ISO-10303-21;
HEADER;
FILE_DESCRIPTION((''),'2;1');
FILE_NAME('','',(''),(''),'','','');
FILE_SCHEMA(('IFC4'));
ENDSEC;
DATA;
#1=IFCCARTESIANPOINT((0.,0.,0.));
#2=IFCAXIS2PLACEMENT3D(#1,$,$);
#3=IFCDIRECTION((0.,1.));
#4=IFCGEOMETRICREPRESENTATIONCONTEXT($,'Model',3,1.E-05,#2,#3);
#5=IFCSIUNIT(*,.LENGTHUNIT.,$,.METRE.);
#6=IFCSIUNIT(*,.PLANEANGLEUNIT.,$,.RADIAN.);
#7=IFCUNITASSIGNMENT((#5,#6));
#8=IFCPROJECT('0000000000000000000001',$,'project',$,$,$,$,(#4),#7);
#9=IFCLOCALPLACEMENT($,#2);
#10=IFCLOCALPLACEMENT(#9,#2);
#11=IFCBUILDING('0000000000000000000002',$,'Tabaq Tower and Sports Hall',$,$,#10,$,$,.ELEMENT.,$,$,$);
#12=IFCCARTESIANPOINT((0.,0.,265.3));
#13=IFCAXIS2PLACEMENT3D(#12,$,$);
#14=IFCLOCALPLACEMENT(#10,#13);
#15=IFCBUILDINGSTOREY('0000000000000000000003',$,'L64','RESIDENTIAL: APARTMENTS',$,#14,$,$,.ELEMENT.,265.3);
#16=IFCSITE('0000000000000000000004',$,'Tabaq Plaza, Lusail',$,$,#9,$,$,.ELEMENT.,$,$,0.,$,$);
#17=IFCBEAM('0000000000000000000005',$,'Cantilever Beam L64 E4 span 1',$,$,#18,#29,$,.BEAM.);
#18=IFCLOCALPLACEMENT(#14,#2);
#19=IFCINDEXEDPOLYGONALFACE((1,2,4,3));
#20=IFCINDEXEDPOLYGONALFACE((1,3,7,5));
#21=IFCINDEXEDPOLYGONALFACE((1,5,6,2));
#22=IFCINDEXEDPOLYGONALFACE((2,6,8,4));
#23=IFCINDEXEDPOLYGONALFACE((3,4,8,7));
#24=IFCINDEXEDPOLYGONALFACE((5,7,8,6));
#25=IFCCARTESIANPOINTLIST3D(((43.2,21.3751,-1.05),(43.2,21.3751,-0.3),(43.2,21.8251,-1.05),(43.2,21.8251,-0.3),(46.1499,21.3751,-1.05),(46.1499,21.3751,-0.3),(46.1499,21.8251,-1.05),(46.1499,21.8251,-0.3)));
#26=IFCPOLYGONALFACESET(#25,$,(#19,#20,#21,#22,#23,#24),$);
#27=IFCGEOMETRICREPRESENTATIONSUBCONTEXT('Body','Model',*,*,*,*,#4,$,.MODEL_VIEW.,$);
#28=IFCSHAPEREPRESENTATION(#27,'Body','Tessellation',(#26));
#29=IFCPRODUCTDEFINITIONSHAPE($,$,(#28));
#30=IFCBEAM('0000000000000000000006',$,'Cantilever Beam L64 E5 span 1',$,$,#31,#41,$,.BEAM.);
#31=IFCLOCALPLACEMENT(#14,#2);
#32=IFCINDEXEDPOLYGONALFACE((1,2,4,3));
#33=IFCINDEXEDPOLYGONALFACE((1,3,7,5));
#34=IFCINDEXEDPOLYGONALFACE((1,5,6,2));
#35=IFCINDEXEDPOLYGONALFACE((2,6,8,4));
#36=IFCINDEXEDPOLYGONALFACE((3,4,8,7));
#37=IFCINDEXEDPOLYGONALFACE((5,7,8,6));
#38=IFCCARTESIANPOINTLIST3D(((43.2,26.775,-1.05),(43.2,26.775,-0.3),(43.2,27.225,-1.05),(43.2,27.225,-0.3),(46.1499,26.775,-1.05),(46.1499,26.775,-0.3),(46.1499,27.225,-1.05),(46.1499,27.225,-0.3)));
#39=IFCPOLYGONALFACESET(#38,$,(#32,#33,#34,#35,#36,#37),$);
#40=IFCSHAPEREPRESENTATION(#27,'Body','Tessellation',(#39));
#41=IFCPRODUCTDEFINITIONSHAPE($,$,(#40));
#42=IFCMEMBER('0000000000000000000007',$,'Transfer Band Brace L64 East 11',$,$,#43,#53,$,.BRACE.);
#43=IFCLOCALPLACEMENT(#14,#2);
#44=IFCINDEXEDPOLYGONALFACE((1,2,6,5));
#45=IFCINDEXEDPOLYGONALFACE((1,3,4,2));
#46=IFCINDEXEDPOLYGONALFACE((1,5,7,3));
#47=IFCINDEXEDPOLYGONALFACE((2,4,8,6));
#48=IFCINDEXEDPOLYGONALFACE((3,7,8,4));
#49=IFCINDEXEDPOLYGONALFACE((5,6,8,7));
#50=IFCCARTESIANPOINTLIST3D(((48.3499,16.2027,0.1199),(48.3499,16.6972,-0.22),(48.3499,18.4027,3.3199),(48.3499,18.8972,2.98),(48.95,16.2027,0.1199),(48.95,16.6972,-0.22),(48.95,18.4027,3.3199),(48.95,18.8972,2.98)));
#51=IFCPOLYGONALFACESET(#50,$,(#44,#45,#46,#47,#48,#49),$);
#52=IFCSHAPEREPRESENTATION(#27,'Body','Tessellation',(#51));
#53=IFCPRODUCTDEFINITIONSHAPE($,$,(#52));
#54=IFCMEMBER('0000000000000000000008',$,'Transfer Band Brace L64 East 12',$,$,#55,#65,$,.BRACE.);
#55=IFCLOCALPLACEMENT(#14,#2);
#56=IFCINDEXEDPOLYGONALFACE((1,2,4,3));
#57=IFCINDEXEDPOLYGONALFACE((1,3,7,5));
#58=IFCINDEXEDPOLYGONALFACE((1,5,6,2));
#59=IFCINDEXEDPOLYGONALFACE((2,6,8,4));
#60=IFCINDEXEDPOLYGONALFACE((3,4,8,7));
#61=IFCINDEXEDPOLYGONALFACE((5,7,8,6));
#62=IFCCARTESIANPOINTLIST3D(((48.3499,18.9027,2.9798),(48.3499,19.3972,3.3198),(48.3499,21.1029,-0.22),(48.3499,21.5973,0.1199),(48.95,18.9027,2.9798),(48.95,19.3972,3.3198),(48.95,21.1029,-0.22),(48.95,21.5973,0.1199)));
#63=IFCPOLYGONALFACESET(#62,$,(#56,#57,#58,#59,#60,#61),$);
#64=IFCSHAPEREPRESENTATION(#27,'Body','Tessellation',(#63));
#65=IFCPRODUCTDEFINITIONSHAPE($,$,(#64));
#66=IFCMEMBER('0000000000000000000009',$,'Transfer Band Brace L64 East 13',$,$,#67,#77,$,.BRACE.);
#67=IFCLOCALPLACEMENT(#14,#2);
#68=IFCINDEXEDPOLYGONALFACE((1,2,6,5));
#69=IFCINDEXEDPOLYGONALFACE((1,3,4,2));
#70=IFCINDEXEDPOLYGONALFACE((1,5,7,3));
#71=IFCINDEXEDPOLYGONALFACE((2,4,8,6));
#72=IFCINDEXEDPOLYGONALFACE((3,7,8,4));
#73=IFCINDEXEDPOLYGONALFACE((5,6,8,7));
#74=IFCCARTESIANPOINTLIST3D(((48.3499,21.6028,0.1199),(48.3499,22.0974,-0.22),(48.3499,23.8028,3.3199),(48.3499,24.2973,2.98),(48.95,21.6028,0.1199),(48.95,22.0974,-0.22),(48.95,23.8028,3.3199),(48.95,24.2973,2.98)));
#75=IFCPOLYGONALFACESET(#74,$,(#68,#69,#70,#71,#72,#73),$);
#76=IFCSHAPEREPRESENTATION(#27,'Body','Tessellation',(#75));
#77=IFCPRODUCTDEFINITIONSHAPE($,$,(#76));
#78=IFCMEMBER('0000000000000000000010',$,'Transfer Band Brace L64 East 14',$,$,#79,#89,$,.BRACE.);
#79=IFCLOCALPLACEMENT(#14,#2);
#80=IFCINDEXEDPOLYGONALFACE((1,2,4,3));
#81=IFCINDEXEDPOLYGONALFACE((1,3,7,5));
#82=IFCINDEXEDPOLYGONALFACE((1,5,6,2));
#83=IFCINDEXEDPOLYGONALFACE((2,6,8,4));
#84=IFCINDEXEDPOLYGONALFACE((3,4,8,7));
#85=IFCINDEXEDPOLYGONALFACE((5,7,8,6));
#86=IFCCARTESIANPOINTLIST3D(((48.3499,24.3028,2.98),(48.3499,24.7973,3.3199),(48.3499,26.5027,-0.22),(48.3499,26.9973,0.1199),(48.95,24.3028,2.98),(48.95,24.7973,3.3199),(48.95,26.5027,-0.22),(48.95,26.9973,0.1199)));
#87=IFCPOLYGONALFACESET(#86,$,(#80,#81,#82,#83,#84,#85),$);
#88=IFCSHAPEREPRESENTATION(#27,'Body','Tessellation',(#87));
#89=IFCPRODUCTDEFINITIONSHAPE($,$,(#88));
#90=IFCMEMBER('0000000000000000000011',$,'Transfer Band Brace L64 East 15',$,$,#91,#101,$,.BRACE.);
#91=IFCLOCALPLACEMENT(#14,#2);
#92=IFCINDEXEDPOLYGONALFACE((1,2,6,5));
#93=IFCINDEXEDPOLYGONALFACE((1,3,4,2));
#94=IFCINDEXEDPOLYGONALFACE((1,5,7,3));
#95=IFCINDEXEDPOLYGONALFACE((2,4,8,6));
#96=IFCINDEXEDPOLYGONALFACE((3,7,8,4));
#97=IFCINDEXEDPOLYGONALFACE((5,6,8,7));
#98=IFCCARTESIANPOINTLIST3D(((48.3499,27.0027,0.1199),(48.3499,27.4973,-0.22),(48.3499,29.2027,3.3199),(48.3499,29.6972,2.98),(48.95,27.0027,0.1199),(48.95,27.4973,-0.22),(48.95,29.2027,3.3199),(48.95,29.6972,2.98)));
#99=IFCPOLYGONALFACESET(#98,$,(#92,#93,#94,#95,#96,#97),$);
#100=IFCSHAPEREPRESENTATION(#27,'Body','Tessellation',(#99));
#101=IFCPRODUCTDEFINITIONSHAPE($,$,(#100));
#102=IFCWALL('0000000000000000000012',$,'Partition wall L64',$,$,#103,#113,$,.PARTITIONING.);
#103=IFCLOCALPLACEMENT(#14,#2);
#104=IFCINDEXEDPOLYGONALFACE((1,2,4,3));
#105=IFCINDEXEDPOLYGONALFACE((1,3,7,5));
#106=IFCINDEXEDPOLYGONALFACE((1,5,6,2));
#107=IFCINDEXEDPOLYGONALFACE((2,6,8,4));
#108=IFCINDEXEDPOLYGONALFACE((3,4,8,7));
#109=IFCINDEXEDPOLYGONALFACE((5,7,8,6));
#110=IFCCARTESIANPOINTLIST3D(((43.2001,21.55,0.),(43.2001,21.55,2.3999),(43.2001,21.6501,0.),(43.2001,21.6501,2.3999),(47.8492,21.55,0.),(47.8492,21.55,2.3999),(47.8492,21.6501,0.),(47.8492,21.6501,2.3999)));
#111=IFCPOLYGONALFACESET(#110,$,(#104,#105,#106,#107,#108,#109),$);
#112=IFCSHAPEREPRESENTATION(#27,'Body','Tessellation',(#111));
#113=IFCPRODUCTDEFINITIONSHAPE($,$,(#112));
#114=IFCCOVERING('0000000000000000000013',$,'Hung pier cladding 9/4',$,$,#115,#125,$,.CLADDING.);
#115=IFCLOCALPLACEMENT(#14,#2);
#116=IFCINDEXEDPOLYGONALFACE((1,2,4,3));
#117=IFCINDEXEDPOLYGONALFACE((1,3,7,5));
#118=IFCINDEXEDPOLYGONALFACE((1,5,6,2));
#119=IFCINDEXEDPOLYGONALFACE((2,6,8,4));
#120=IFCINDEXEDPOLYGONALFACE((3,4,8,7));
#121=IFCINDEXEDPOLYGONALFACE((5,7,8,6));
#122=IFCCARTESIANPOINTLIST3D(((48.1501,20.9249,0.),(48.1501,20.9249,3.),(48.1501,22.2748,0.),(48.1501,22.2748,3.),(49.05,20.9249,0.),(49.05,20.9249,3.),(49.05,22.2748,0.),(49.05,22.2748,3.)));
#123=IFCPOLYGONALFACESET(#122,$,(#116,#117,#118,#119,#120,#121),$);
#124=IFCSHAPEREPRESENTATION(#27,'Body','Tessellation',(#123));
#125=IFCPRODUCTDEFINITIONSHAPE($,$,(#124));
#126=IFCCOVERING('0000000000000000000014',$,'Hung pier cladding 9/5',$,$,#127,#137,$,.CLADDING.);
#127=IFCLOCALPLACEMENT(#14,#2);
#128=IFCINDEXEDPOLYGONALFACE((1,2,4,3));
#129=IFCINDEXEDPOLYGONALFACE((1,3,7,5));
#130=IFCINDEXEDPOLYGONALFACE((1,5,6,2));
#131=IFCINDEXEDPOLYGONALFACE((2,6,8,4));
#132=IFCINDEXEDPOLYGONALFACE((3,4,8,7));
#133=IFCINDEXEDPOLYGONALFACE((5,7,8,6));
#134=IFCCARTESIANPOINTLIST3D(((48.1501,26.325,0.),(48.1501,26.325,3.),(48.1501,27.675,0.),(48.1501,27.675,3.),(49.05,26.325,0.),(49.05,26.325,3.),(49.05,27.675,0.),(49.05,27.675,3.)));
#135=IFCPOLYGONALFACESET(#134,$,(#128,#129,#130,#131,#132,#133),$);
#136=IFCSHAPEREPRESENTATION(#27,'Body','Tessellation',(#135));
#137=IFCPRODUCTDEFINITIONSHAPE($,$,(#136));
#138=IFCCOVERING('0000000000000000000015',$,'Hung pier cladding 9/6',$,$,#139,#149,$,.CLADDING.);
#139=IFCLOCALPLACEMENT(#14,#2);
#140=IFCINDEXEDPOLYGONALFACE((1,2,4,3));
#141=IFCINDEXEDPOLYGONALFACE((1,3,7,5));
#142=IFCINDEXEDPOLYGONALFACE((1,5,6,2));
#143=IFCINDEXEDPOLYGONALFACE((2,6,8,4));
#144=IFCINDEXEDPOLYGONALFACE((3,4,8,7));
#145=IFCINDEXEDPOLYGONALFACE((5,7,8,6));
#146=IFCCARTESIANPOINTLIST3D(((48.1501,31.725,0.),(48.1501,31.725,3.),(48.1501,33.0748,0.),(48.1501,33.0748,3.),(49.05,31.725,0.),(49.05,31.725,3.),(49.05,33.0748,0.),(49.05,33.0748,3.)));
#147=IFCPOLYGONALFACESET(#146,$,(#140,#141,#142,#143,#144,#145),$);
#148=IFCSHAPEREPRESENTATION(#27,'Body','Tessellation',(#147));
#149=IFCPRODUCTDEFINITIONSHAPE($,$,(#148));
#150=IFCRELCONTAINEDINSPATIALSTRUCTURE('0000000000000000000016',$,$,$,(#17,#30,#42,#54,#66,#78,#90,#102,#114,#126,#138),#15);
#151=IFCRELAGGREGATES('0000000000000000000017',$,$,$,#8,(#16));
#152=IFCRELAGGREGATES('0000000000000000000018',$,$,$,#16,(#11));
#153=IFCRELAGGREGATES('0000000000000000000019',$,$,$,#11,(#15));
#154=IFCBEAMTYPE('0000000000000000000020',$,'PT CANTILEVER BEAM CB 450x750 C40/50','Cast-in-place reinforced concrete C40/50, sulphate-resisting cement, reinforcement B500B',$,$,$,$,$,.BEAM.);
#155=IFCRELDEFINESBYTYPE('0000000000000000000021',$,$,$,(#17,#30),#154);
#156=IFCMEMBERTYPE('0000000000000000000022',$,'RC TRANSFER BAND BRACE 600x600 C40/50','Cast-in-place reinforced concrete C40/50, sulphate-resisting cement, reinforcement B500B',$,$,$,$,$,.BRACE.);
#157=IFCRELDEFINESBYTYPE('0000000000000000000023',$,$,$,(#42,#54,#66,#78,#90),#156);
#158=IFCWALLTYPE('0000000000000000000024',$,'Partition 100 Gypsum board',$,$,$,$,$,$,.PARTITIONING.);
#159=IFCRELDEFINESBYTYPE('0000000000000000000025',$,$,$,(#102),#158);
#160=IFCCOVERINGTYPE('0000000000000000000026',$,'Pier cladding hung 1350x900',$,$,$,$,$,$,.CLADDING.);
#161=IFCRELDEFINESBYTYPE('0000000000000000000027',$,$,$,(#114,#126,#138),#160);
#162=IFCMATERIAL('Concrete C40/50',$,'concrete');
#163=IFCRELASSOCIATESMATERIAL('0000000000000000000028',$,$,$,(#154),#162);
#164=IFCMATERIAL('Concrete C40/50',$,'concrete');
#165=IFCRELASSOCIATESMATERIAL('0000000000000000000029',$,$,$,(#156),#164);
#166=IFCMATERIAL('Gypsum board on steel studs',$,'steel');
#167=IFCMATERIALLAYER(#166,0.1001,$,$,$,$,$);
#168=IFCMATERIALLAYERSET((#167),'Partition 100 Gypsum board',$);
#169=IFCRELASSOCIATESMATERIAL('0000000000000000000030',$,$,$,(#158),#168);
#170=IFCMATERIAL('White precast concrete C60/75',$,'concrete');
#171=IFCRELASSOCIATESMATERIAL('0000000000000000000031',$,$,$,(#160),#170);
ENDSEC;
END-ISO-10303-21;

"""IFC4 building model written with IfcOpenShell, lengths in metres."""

from ifc_helpers import new_model, si_unit, direction, frame, frame_2d, origin, origin_2d, place, context, subcontext, project, spatial, rectangle, extrude, material, layer, layer_set, material_profile, profile_set, type_object, element, save


model = new_model("IFC4")

# Units and contexts
model_context = context("Model", 3, precision=1e-05, world=origin(), true_north=direction((0.0, 1.0)))
body_context = subcontext(model_context, "Body", "Model", "MODEL_VIEW")
ifc_project = project(units=[si_unit("LENGTHUNIT", "METRE"), si_unit("PLANEANGLEUNIT", "RADIAN")], contexts=[model_context])

# Site, building, storey
site_placement = place(None, origin())
site = spatial("IfcSite", under=ifc_project, at=site_placement, Name="Tabaq Plaza, Lusail", CompositionType="ELEMENT", RefElevation=0.0)
building_placement = place(site_placement, origin())
building = spatial("IfcBuilding", under=site, at=building_placement, Name="Tabaq Tower and Sports Hall", CompositionType="ELEMENT")
storey_placement = place(building_placement, frame((0.0, 0.0, 265.3)))
storey = spatial("IfcBuildingStorey", under=building, at=storey_placement, Name="L64", Description="RESIDENTIAL: APARTMENTS", CompositionType="ELEMENT", Elevation=265.3)

# Beams
ifc_material_1 = material(Name="Concrete C40/50", Category="concrete")
ifc_material_profile_1 = material_profile(ifc_material_1, rectangle(XDim=0.45, YDim=0.75, at=origin_2d()), Name="CB 450x750")
ifc_profile_set_1 = profile_set([ifc_material_profile_1], Name="Concrete C40/50")
beam_type = type_object("IfcBeamType", Name="PT CANTILEVER BEAM CB 450x750 C40/50", Description="Cast-in-place reinforced concrete C40/50, sulphate-resisting cement, reinforcement B500B", PredefinedType="BEAM", material=ifc_profile_set_1)
for number, where, z_axis, x_axis, name in (
    (1, (46.1499, 21.6001, -0.675), (-1.0, 0.0, 0.0), (0.0, -1.0, 0.0), "Cantilever Beam L64 E4 span 1"),
    (2, (46.1499, 27.0, -0.675), (-1.0, 0.0, 0.0), (0.0, -1.0, 0.0), "Cantilever Beam L64 E5 span 1"),
):
    element("IfcBeam", number, at=place(storey_placement, frame(where, z_axis=z_axis, x_axis=x_axis)), inside=storey, type_object=beam_type, Name=name, PredefinedType="BEAM", context=body_context, shape_type="SweptSolid", body=[
        extrude(rectangle(XDim=0.45, YDim=0.75, at=origin_2d()), origin(), (0.0, 0.0, 1.0), 2.95),
    ])

# Members
ifc_material_2 = material(Name="Concrete C40/50", Category="concrete")
ifc_material_profile_2 = material_profile(ifc_material_2, rectangle(XDim=0.6001, YDim=0.6001, at=origin_2d()), Name="TRANSFER BAND BRACE 600x600")
ifc_profile_set_2 = profile_set([ifc_material_profile_2], Name="Concrete C40/50")
member_type = type_object("IfcMemberType", Name="RC TRANSFER BAND BRACE 600x600 C40/50", Description="Cast-in-place reinforced concrete C40/50, sulphate-resisting cement, reinforcement B500B", PredefinedType="BRACE", material=ifc_profile_set_2)
for number, where, z_axis, x_axis, name in (
    (3, (48.6499, 16.45, -0.05), (0.0, 0.566526, 0.824044), (-1.0, 0.0, 0.0), "Transfer Band Brace L64 East 11"),
    (4, (48.6499, 21.3501, -0.05), (0.0, -0.566569, 0.824014), (1.0, 0.0, 0.0), "Transfer Band Brace L64 East 12"),
    (5, (48.6499, 21.8501, -0.05), (0.0, 0.566526, 0.824044), (-1.0, 0.0, 0.0), "Transfer Band Brace L64 East 13"),
    (6, (48.6499, 26.75, -0.05), (0.0, -0.566526, 0.824044), (1.0, 0.0, 0.0), "Transfer Band Brace L64 East 14"),
    (7, (48.6499, 27.25, -0.05), (0.0, 0.566526, 0.824044), (-1.0, 0.0, 0.0), "Transfer Band Brace L64 East 15"),
):
    element("IfcMember", number, at=place(storey_placement, frame(where, z_axis=z_axis, x_axis=x_axis)), inside=storey, type_object=member_type, Name=name, PredefinedType="BRACE", context=body_context, shape_type="SweptSolid", body=[
        extrude(rectangle(XDim=0.6001, YDim=0.6001, at=origin_2d()), origin(), (0.0, 0.0, 1.0), 3.8833),
    ])

# Wall
ifc_material_3 = material(Name="Gypsum board on steel studs", Category="steel")
ifc_layer_1 = layer(ifc_material_3, 0.1001)
ifc_layer_set_1 = layer_set([ifc_layer_1], Name="Partition 100 Gypsum board")
wall_type_1 = type_object("IfcWallType", Name="Partition 100 Gypsum board", PredefinedType="PARTITIONING", material=ifc_layer_set_1)
wall_1_placement = place(storey_placement, frame((43.2, 21.6001, 0.0), z_axis=(0.0, 0.0, 1.0), x_axis=(1.0, 0.0, 0.0)))
element("IfcWall", 8, at=wall_1_placement, inside=storey, type_object=wall_type_1, Name="Partition wall L64", PredefinedType="PARTITIONING", context=body_context, shape_type="SweptSolid", body=[
    extrude(rectangle(XDim=4.6492, YDim=0.1001, at=frame_2d((2.3247, 0.0))), origin(), (0.0, 0.0, 1.0), 2.3999),
])

# Coverings
ifc_material_4 = material(Name="White precast concrete C60/75", Category="concrete")
covering_type_1 = type_object("IfcCoveringType", Name="Pier cladding hung 1350x900", PredefinedType="CLADDING", material=ifc_material_4)
covering_1_placement = place(storey_placement, frame((48.6001, 20.925, 0.0), z_axis=(0.0, 0.0, 1.0), x_axis=(0.0, 1.0, 0.0)))
element("IfcCovering", 9, at=covering_1_placement, inside=storey, type_object=covering_type_1, Name="Hung pier cladding 9/4", PredefinedType="CLADDING", context=body_context, shape_type="SweptSolid", body=[
    extrude(rectangle(XDim=1.3499, YDim=0.8999, at=frame_2d((0.6748, 0.0))), origin(), (0.0, 0.0, 1.0), 3.0),
])
covering_2_placement = place(storey_placement, frame((48.6001, 26.325, 0.0), z_axis=(0.0, 0.0, 1.0), x_axis=(0.0, 1.0, 0.0)))
element("IfcCovering", 10, at=covering_2_placement, inside=storey, type_object=covering_type_1, Name="Hung pier cladding 9/5", PredefinedType="CLADDING", context=body_context, shape_type="SweptSolid", body=[
    extrude(rectangle(XDim=1.3501, YDim=0.8999, at=frame_2d((0.675, 0.0))), origin(), (0.0, 0.0, 1.0), 3.0),
])
covering_3_placement = place(storey_placement, frame((48.6001, 31.7251, 0.0), z_axis=(0.0, 0.0, 1.0), x_axis=(0.0, 1.0, 0.0)))
element("IfcCovering", 11, at=covering_3_placement, inside=storey, type_object=covering_type_1, Name="Hung pier cladding 9/6", PredefinedType="CLADDING", context=body_context, shape_type="SweptSolid", body=[
    extrude(rectangle(XDim=1.3499, YDim=0.8999, at=frame_2d((0.6748, 0.0))), origin(), (0.0, 0.0, 1.0), 3.0),
])

save(model, "model.ifc")
